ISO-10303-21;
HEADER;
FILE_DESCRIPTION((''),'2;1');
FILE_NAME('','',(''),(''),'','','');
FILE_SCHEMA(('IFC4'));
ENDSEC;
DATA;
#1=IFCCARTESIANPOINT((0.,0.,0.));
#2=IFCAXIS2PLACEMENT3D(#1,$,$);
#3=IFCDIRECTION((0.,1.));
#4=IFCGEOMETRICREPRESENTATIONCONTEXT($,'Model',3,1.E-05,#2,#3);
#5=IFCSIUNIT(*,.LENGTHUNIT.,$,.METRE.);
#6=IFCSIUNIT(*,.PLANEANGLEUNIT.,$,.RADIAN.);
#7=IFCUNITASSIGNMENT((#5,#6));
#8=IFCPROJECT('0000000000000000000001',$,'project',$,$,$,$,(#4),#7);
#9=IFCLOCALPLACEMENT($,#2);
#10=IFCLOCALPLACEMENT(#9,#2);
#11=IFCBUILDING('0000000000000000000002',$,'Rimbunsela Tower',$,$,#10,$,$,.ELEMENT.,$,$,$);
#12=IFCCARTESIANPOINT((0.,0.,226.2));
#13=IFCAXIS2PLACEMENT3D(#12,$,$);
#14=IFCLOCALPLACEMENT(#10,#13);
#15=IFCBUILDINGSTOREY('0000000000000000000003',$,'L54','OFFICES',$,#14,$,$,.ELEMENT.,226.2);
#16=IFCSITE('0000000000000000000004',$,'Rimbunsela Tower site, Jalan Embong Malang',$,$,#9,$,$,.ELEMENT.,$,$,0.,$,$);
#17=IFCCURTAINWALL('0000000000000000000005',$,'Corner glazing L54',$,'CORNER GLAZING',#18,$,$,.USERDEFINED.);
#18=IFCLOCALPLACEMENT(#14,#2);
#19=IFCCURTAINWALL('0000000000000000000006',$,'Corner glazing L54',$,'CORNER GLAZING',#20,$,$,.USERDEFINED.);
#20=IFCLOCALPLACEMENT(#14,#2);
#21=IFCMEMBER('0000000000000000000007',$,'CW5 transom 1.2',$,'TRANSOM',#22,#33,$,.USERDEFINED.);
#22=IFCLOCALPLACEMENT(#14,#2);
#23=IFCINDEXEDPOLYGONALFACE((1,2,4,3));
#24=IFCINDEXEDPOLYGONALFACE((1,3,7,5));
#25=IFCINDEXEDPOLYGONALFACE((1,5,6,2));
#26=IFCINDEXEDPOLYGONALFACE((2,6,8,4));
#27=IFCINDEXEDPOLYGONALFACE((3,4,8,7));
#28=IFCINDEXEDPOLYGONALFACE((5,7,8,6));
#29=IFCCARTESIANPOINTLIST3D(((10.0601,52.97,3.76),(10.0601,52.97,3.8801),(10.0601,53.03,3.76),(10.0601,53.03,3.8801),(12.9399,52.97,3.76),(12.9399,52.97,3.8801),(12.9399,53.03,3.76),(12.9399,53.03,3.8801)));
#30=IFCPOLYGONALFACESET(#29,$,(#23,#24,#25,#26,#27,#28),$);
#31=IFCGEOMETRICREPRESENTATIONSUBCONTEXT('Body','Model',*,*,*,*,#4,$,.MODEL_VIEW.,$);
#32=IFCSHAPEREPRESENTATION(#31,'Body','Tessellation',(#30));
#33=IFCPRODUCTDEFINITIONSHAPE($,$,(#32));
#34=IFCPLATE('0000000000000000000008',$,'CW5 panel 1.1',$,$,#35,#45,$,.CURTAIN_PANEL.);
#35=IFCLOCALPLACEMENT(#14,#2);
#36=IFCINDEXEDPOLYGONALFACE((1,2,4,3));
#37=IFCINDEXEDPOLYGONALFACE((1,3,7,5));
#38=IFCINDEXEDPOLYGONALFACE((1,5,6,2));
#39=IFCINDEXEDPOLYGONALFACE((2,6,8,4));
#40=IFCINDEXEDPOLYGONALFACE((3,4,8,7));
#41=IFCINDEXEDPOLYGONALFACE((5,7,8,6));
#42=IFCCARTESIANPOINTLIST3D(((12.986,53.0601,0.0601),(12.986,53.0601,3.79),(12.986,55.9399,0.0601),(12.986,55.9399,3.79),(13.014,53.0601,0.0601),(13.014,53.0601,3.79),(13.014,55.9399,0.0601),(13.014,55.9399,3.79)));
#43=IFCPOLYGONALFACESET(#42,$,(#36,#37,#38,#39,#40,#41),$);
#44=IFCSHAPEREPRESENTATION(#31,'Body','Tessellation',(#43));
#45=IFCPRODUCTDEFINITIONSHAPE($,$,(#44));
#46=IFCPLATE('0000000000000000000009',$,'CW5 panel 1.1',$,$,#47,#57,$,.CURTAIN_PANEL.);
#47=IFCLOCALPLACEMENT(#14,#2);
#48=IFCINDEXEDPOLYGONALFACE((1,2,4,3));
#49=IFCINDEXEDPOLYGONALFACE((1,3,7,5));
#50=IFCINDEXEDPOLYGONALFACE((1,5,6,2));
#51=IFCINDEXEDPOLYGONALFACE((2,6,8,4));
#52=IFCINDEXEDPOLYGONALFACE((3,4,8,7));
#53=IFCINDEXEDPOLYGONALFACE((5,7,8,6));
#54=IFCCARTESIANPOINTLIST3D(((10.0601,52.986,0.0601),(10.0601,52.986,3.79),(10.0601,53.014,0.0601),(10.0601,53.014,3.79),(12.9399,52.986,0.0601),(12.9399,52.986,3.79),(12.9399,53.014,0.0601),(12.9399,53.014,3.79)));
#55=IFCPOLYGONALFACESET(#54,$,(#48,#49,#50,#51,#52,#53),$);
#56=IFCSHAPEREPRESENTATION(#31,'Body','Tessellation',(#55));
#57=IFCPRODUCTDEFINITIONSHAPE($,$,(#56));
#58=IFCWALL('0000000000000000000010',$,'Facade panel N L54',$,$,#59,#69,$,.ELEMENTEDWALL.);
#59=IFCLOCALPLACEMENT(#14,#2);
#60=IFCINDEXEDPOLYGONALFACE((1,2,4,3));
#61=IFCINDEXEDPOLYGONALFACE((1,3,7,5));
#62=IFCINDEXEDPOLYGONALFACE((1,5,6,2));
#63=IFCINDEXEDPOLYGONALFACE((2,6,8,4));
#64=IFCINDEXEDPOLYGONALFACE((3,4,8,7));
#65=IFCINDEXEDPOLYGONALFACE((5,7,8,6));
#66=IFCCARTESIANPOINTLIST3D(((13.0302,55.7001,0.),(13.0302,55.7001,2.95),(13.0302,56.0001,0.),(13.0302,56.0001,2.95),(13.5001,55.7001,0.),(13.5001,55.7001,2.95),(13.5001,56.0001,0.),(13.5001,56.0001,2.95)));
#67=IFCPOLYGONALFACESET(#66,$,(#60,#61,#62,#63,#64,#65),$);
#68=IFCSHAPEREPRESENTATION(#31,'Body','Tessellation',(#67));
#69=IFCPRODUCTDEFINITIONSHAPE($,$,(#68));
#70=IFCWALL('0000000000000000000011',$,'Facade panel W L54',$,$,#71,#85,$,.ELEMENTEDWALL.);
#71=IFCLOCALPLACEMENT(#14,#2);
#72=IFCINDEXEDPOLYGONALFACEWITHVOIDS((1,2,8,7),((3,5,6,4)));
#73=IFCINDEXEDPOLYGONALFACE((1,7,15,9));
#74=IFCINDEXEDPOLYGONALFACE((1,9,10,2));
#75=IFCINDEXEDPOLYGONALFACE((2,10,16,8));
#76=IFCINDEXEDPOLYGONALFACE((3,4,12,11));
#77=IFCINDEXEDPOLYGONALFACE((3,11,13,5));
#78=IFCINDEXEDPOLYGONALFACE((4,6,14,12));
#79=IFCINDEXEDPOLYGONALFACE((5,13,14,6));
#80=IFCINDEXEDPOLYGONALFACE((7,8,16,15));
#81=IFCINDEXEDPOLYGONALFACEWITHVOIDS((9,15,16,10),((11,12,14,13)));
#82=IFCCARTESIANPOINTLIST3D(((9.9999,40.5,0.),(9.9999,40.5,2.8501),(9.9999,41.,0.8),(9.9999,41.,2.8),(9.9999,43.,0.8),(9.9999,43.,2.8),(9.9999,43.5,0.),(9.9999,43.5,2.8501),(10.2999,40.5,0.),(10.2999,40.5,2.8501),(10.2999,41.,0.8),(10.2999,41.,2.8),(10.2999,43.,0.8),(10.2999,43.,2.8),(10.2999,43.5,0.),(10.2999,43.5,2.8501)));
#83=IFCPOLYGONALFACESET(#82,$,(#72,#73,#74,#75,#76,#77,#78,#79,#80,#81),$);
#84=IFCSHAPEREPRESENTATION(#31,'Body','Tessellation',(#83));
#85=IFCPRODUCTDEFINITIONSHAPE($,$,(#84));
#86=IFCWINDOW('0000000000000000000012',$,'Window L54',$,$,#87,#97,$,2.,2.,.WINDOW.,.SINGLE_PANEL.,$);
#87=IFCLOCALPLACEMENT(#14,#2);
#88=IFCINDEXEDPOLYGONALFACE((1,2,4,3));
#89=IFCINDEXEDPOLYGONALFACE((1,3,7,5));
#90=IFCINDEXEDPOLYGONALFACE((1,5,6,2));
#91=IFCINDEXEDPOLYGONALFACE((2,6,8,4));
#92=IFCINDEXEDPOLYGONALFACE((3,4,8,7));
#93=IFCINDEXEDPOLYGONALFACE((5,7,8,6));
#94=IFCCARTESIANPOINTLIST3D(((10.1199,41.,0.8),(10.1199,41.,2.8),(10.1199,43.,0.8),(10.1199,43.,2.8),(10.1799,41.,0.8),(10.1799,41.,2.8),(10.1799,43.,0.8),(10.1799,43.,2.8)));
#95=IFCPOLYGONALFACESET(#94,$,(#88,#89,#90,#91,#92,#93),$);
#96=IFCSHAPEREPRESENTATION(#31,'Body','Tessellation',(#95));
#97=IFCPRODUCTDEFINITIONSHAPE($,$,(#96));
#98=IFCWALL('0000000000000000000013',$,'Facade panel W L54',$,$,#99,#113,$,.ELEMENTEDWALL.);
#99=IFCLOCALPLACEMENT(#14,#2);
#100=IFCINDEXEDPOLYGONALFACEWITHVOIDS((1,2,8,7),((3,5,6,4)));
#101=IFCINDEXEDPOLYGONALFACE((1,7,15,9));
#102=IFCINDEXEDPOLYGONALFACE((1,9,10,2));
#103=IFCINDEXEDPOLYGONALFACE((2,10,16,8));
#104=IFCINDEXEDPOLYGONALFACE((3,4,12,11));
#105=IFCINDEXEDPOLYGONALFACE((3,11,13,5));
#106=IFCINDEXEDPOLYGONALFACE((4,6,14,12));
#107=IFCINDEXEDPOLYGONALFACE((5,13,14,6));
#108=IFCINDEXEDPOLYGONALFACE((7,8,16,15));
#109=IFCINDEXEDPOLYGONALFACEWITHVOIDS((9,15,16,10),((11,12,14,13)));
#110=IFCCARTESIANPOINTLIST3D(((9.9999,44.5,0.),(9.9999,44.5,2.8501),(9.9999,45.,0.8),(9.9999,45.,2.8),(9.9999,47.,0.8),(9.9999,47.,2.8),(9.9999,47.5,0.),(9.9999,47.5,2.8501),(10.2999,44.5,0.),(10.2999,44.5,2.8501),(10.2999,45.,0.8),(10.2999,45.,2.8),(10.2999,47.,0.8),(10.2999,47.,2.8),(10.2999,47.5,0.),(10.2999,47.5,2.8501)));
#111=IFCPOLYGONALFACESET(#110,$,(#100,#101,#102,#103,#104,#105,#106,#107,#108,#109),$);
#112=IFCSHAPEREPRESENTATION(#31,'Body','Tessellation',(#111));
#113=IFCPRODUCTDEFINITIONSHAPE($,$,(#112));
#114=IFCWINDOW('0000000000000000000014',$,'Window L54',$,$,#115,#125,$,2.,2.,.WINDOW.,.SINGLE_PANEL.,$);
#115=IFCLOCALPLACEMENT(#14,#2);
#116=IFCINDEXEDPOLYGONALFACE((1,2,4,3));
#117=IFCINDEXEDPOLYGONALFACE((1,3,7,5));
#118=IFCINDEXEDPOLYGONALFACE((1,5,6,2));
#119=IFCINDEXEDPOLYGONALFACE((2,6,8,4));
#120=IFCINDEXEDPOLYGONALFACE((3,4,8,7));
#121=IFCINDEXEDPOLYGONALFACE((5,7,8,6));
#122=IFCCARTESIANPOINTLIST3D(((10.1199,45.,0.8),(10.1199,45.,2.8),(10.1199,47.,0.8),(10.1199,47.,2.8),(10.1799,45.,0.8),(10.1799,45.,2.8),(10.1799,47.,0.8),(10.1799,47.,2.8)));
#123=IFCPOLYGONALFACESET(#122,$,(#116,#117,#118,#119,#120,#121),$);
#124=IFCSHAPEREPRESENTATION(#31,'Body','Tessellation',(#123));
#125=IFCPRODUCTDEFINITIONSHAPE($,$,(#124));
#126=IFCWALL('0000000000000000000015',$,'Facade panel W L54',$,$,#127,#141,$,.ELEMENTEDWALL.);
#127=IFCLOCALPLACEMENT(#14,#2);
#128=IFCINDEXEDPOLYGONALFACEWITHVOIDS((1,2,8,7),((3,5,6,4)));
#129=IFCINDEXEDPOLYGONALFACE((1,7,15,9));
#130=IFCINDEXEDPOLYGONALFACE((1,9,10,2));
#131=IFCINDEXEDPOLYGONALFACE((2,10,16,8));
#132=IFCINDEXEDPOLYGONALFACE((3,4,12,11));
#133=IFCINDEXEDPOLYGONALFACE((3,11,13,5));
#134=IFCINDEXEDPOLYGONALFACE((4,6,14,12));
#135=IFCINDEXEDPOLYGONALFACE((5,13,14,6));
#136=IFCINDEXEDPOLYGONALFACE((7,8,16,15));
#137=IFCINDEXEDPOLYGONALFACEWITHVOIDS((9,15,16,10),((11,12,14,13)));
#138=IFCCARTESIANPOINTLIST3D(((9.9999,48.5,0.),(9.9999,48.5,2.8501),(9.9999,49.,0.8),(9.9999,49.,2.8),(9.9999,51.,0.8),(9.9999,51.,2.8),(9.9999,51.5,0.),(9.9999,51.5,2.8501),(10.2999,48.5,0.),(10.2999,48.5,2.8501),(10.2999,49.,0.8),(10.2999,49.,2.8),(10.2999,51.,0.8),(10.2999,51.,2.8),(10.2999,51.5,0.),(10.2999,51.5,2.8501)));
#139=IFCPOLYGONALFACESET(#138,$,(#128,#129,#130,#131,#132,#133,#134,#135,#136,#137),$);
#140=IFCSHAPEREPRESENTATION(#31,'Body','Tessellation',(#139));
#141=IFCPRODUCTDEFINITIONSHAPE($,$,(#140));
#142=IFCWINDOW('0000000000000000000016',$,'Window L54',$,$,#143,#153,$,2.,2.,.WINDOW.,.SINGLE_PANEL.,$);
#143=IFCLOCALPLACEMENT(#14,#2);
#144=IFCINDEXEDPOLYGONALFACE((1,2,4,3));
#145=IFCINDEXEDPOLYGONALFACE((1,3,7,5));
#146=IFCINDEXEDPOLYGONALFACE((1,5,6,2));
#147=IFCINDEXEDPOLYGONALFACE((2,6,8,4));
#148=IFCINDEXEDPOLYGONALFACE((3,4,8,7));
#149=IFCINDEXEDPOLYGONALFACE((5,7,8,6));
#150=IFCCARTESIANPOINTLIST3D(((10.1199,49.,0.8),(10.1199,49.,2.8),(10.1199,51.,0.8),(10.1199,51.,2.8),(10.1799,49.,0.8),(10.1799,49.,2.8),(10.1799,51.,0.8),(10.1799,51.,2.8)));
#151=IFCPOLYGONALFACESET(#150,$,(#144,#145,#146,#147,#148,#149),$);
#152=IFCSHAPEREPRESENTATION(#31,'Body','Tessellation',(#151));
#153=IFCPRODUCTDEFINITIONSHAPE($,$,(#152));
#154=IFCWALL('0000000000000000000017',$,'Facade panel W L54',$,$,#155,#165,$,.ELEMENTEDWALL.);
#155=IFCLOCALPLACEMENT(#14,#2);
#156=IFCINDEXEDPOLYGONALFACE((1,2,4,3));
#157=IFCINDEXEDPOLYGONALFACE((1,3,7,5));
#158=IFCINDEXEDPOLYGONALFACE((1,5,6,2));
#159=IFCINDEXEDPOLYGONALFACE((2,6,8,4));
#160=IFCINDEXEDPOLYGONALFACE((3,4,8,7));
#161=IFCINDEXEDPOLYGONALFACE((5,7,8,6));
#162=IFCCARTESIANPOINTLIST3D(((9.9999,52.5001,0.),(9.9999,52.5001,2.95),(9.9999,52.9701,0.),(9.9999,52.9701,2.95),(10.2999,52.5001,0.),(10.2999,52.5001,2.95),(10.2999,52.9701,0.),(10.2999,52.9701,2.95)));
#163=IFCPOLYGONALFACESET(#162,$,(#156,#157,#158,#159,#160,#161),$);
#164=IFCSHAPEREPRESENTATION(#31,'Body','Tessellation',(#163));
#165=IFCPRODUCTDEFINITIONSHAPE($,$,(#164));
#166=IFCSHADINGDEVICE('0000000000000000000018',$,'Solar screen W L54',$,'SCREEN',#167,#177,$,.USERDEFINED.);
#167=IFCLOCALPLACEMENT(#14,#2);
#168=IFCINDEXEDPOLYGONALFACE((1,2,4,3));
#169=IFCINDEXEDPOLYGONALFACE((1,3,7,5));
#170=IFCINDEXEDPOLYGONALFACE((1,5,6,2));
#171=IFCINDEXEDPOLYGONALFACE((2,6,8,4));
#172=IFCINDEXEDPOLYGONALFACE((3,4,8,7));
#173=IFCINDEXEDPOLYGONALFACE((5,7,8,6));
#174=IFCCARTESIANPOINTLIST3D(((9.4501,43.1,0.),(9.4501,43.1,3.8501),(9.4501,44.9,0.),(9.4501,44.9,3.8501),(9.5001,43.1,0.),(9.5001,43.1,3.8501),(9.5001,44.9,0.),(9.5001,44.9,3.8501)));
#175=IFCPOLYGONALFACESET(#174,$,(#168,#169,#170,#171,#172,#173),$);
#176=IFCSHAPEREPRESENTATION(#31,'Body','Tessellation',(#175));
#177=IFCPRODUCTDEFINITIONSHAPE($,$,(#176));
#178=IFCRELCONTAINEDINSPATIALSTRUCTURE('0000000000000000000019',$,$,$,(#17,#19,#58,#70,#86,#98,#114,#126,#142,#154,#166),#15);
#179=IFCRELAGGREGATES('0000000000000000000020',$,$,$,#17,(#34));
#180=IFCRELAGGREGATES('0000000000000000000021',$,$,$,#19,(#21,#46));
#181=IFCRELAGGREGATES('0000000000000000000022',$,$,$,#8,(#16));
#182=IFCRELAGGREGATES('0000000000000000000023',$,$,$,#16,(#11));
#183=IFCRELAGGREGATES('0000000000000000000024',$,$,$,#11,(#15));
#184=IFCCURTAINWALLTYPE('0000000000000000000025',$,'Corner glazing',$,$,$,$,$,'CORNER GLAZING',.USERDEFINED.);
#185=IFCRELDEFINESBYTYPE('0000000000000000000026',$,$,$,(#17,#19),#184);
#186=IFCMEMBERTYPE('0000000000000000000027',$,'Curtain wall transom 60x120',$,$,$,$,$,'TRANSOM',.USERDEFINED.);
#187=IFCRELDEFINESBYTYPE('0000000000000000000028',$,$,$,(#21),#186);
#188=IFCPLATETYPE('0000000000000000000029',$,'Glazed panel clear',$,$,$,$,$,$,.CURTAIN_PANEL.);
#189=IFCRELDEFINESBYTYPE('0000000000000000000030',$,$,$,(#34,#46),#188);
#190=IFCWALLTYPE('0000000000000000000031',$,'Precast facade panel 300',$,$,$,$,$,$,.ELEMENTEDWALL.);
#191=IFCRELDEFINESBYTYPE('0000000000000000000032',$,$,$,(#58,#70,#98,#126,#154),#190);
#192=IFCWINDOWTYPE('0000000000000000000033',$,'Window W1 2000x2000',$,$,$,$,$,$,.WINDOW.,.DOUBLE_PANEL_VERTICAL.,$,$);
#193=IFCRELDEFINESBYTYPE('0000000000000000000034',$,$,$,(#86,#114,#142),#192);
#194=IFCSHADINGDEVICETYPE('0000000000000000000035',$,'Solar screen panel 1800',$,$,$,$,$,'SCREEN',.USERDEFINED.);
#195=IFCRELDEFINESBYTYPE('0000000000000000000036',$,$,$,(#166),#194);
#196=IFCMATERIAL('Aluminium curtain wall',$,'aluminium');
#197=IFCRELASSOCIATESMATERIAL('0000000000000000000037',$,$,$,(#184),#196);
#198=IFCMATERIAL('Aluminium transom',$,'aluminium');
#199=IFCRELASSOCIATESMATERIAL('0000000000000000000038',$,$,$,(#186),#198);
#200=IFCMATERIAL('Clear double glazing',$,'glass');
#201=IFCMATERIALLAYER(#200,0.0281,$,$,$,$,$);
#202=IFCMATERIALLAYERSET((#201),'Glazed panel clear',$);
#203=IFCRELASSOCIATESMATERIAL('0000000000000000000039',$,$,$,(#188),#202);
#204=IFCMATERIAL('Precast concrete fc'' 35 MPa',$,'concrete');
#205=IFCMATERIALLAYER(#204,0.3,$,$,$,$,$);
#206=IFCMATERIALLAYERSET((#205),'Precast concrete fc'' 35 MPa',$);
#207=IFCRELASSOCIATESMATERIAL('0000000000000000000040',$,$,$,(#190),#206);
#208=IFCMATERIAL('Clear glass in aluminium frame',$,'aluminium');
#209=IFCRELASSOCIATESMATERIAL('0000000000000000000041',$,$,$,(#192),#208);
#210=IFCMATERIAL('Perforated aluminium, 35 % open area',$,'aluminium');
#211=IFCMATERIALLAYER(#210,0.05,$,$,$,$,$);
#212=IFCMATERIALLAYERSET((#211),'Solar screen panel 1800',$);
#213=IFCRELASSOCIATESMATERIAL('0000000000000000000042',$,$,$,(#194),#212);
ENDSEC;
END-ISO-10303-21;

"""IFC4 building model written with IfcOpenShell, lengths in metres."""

from ifc_helpers import new_model, si_unit, direction, frame, frame_2d, origin, origin_2d, place, context, subcontext, project, spatial, rectangle, extrude, material, layer, layer_set, material_profile, profile_set, type_object, element, fill, aggregate, save


model = new_model("IFC4")

# Units and contexts
model_context = context("Model", 3, precision=1e-05, world=origin(), true_north=direction((0.0, 1.0)))
body_context = subcontext(model_context, "Body", "Model", "MODEL_VIEW")
ifc_project = project(units=[si_unit("LENGTHUNIT", "METRE"), si_unit("PLANEANGLEUNIT", "RADIAN")], contexts=[model_context])

# Site, building, storey
site_placement = place(None, origin())
site = spatial("IfcSite", under=ifc_project, at=site_placement, Name="Rimbunsela Tower site, Jalan Embong Malang", CompositionType="ELEMENT", RefElevation=0.0)
building_placement = place(site_placement, origin())
building = spatial("IfcBuilding", under=site, at=building_placement, Name="Rimbunsela Tower", CompositionType="ELEMENT")
storey_placement = place(building_placement, frame((0.0, 0.0, 226.2)))
storey = spatial("IfcBuildingStorey", under=building, at=storey_placement, Name="L54", Description="OFFICES", CompositionType="ELEMENT", Elevation=226.2)

# Curtain walls
ifc_material_1 = material(Name="Aluminium curtain wall", Category="aluminium")
curtain_wall_type = type_object("IfcCurtainWallType", Name="Corner glazing", ElementType="CORNER GLAZING", PredefinedType="USERDEFINED", material=ifc_material_1)
curtain_wall_1_placement = place(storey_placement, origin())
curtain_wall_1 = element("IfcCurtainWall", 1, at=curtain_wall_1_placement, inside=storey, type_object=curtain_wall_type, Name="Corner glazing L54", ObjectType="CORNER GLAZING", PredefinedType="USERDEFINED")
curtain_wall_2_placement = place(storey_placement, origin())
curtain_wall_2 = element("IfcCurtainWall", 2, at=curtain_wall_2_placement, inside=storey, type_object=curtain_wall_type, Name="Corner glazing L54", ObjectType="CORNER GLAZING", PredefinedType="USERDEFINED")

# Member
ifc_material_2 = material(Name="Aluminium transom", Category="aluminium")
ifc_material_profile_1 = material_profile(ifc_material_2, rectangle(XDim=0.0601, YDim=0.1201, at=origin_2d()), Name="Transom 60x120")
ifc_profile_set_1 = profile_set([ifc_material_profile_1], Name="Aluminium transom")
member_type_1 = type_object("IfcMemberType", Name="Curtain wall transom 60x120", ElementType="TRANSOM", PredefinedType="USERDEFINED", material=ifc_profile_set_1)
member_1_placement = place(storey_placement, frame((12.9399, 53.0, 3.8201), z_axis=(-1.0, 0.0, 0.0), x_axis=(0.0, -1.0, 0.0)))
member_1 = element("IfcMember", 3, at=member_1_placement, type_object=member_type_1, Name="CW5 transom 1.2", ObjectType="TRANSOM", PredefinedType="USERDEFINED", context=body_context, shape_type="SweptSolid", body=[
    extrude(rectangle(XDim=0.0601, YDim=0.1201, at=origin_2d()), origin(), (0.0, 0.0, 1.0), 2.8799),
])

# Plates
ifc_material_3 = material(Name="Clear double glazing", Category="glass")
ifc_layer_1 = layer(ifc_material_3, 0.0281)
ifc_layer_set_1 = layer_set([ifc_layer_1], Name="Glazed panel clear")
plate_type = type_object("IfcPlateType", Name="Glazed panel clear", PredefinedType="CURTAIN_PANEL", material=ifc_layer_set_1)
plate_1_placement = place(storey_placement, frame((13.0, 54.5, 0.0601), z_axis=(0.0, 0.0, 1.0), x_axis=(0.0, -1.0, 0.0)))
plate_1 = element("IfcPlate", 4, at=plate_1_placement, type_object=plate_type, Name="CW5 panel 1.1", PredefinedType="CURTAIN_PANEL", context=body_context, shape_type="SweptSolid", body=[
    extrude(rectangle(XDim=2.8799, YDim=0.0281, at=origin_2d()), origin(), (0.0, 0.0, 1.0), 3.73),
])
aggregate(curtain_wall_1, [plate_1])
plate_2_placement = place(storey_placement, frame((11.5, 53.0, 0.0601), z_axis=(0.0, 0.0, 1.0), x_axis=(-1.0, 0.0, 0.0)))
plate_2 = element("IfcPlate", 5, at=plate_2_placement, type_object=plate_type, Name="CW5 panel 1.1", PredefinedType="CURTAIN_PANEL", context=body_context, shape_type="SweptSolid", body=[
    extrude(rectangle(XDim=2.8799, YDim=0.0281, at=origin_2d()), origin(), (0.0, 0.0, 1.0), 3.73),
])
aggregate(curtain_wall_2, [member_1, plate_2])

# Wall
ifc_material_4 = material(Name="Precast concrete fc' 35 MPa", Category="concrete")
ifc_layer_2 = layer(ifc_material_4, 0.3)
ifc_layer_set_2 = layer_set([ifc_layer_2], Name="Precast concrete fc' 35 MPa")
wall_type = type_object("IfcWallType", Name="Precast facade panel 300", PredefinedType="ELEMENTEDWALL", material=ifc_layer_set_2)
wall_1_placement = place(storey_placement, frame((13.5, 55.8501, 0.0), z_axis=(0.0, 0.0, 1.0), x_axis=(-1.0, 0.0, 0.0)))
element("IfcWall", 6, at=wall_1_placement, inside=storey, type_object=wall_type, Name="Facade panel N L54", PredefinedType="ELEMENTEDWALL", context=body_context, shape_type="SweptSolid", body=[
    extrude(rectangle(XDim=0.47, YDim=0.3, at=frame_2d((0.2349, 0.0))), origin(), (0.0, 0.0, 1.0), 2.95),
])

# Walls, openings, windows
wall_2_placement = place(storey_placement, frame((10.1499, 43.5, 0.0), z_axis=(0.0, 0.0, 1.0), x_axis=(0.0, -1.0, 0.0)))
wall_2 = element("IfcWall", 7, at=wall_2_placement, inside=storey, type_object=wall_type, Name="Facade panel W L54", PredefinedType="ELEMENTEDWALL", context=body_context, shape_type="SweptSolid", body=[
    extrude(rectangle(XDim=3.0, YDim=0.3, at=frame_2d((1.5, 0.0))), origin(), (0.0, 0.0, 1.0), 2.8501),
])
opening_1_placement = place(wall_2_placement, frame((0.5, 0.0, 0.8)))
opening_1 = element("IfcOpeningElement", 8, at=opening_1_placement, cuts=wall_2, PredefinedType="OPENING", context=body_context, shape_type="SweptSolid", body=[
    extrude(rectangle(XDim=2.0, YDim=2.0, at=frame_2d((1.0, 1.0))), frame((0.0, 0.1599, 0.0), z_axis=(0.0, -1.0, 0.0), x_axis=(1.0, 0.0, 0.0)), (0.0, 0.0, 1.0), 0.3201),
])
ifc_material_5 = material(Name="Clear glass in aluminium frame", Category="aluminium")
window_type = type_object("IfcWindowType", Name="Window W1 2000x2000", PartitioningType="DOUBLE_PANEL_VERTICAL", PredefinedType="WINDOW", material=ifc_material_5)
window_1_placement = place(opening_1_placement, origin())
window_1 = element("IfcWindow", 9, at=window_1_placement, inside=storey, type_object=window_type, Name="Window L54", OverallHeight=2.0, OverallWidth=2.0, PartitioningType="SINGLE_PANEL", PredefinedType="WINDOW", context=body_context, shape_type="SweptSolid", body=[
    extrude(rectangle(XDim=2.0, YDim=2.0, at=frame_2d((1.0, 1.0))), frame((0.0, 0.03, 0.0), z_axis=(0.0, -1.0, 0.0), x_axis=(1.0, 0.0, 0.0)), (0.0, 0.0, 1.0), 0.0601),
])
fill(opening_1, window_1)
wall_3_placement = place(storey_placement, frame((10.1499, 47.5, 0.0), z_axis=(0.0, 0.0, 1.0), x_axis=(0.0, -1.0, 0.0)))
wall_3 = element("IfcWall", 10, at=wall_3_placement, inside=storey, type_object=wall_type, Name="Facade panel W L54", PredefinedType="ELEMENTEDWALL", context=body_context, shape_type="SweptSolid", body=[
    extrude(rectangle(XDim=3.0, YDim=0.3, at=frame_2d((1.5, 0.0))), origin(), (0.0, 0.0, 1.0), 2.8501),
])
opening_2_placement = place(wall_3_placement, frame((0.5, 0.0, 0.8)))
opening_2 = element("IfcOpeningElement", 11, at=opening_2_placement, cuts=wall_3, PredefinedType="OPENING", context=body_context, shape_type="SweptSolid", body=[
    extrude(rectangle(XDim=2.0, YDim=2.0, at=frame_2d((1.0, 1.0))), frame((0.0, 0.1599, 0.0), z_axis=(0.0, -1.0, 0.0), x_axis=(1.0, 0.0, 0.0)), (0.0, 0.0, 1.0), 0.3201),
])
window_2_placement = place(opening_2_placement, origin())
window_2 = element("IfcWindow", 12, at=window_2_placement, inside=storey, type_object=window_type, Name="Window L54", OverallHeight=2.0, OverallWidth=2.0, PartitioningType="SINGLE_PANEL", PredefinedType="WINDOW", context=body_context, shape_type="SweptSolid", body=[
    extrude(rectangle(XDim=2.0, YDim=2.0, at=frame_2d((1.0, 1.0))), frame((0.0, 0.03, 0.0), z_axis=(0.0, -1.0, 0.0), x_axis=(1.0, 0.0, 0.0)), (0.0, 0.0, 1.0), 0.0601),
])
fill(opening_2, window_2)
wall_4_placement = place(storey_placement, frame((10.1499, 51.5, 0.0), z_axis=(0.0, 0.0, 1.0), x_axis=(0.0, -1.0, 0.0)))
wall_4 = element("IfcWall", 13, at=wall_4_placement, inside=storey, type_object=wall_type, Name="Facade panel W L54", PredefinedType="ELEMENTEDWALL", context=body_context, shape_type="SweptSolid", body=[
    extrude(rectangle(XDim=3.0, YDim=0.3, at=frame_2d((1.5, 0.0))), origin(), (0.0, 0.0, 1.0), 2.8501),
])
opening_3_placement = place(wall_4_placement, frame((0.5, 0.0, 0.8)))
opening_3 = element("IfcOpeningElement", 14, at=opening_3_placement, cuts=wall_4, PredefinedType="OPENING", context=body_context, shape_type="SweptSolid", body=[
    extrude(rectangle(XDim=2.0, YDim=2.0, at=frame_2d((1.0, 1.0))), frame((0.0, 0.1599, 0.0), z_axis=(0.0, -1.0, 0.0), x_axis=(1.0, 0.0, 0.0)), (0.0, 0.0, 1.0), 0.3201),
])
window_3_placement = place(opening_3_placement, origin())
window_3 = element("IfcWindow", 15, at=window_3_placement, inside=storey, type_object=window_type, Name="Window L54", OverallHeight=2.0, OverallWidth=2.0, PartitioningType="SINGLE_PANEL", PredefinedType="WINDOW", context=body_context, shape_type="SweptSolid", body=[
    extrude(rectangle(XDim=2.0, YDim=2.0, at=frame_2d((1.0, 1.0))), frame((0.0, 0.03, 0.0), z_axis=(0.0, -1.0, 0.0), x_axis=(1.0, 0.0, 0.0)), (0.0, 0.0, 1.0), 0.0601),
])
fill(opening_3, window_3)

# Wall
wall_5_placement = place(storey_placement, frame((10.1499, 52.97, 0.0), z_axis=(0.0, 0.0, 1.0), x_axis=(0.0, -1.0, 0.0)))
element("IfcWall", 16, at=wall_5_placement, inside=storey, type_object=wall_type, Name="Facade panel W L54", PredefinedType="ELEMENTEDWALL", context=body_context, shape_type="SweptSolid", body=[
    extrude(rectangle(XDim=0.47, YDim=0.3, at=frame_2d((0.2349, 0.0))), origin(), (0.0, 0.0, 1.0), 2.95),
])

# Shading device
ifc_material_6 = material(Name="Perforated aluminium, 35 % open area", Category="aluminium")
ifc_layer_3 = layer(ifc_material_6, 0.05)
ifc_layer_set_3 = layer_set([ifc_layer_3], Name="Solar screen panel 1800")
shading_device_type = type_object("IfcShadingDeviceType", Name="Solar screen panel 1800", ElementType="SCREEN", PredefinedType="USERDEFINED", material=ifc_layer_set_3)
for number, where, z_axis, x_axis, name in (
    (17, (9.4751, 44.0, 0.0), (0.0, 0.0, 1.0), (0.0, 1.0, 0.0), "Solar screen W L54"),
):
    element("IfcShadingDevice", number, at=place(storey_placement, frame(where, z_axis=z_axis, x_axis=x_axis)), inside=storey, type_object=shading_device_type, Name=name, ObjectType="SCREEN", PredefinedType="USERDEFINED", context=body_context, shape_type="SweptSolid", body=[
        extrude(rectangle(XDim=1.8, YDim=0.05, at=origin_2d()), origin(), (0.0, 0.0, 1.0), 3.8501),
    ])

save(model, "model.ifc")
